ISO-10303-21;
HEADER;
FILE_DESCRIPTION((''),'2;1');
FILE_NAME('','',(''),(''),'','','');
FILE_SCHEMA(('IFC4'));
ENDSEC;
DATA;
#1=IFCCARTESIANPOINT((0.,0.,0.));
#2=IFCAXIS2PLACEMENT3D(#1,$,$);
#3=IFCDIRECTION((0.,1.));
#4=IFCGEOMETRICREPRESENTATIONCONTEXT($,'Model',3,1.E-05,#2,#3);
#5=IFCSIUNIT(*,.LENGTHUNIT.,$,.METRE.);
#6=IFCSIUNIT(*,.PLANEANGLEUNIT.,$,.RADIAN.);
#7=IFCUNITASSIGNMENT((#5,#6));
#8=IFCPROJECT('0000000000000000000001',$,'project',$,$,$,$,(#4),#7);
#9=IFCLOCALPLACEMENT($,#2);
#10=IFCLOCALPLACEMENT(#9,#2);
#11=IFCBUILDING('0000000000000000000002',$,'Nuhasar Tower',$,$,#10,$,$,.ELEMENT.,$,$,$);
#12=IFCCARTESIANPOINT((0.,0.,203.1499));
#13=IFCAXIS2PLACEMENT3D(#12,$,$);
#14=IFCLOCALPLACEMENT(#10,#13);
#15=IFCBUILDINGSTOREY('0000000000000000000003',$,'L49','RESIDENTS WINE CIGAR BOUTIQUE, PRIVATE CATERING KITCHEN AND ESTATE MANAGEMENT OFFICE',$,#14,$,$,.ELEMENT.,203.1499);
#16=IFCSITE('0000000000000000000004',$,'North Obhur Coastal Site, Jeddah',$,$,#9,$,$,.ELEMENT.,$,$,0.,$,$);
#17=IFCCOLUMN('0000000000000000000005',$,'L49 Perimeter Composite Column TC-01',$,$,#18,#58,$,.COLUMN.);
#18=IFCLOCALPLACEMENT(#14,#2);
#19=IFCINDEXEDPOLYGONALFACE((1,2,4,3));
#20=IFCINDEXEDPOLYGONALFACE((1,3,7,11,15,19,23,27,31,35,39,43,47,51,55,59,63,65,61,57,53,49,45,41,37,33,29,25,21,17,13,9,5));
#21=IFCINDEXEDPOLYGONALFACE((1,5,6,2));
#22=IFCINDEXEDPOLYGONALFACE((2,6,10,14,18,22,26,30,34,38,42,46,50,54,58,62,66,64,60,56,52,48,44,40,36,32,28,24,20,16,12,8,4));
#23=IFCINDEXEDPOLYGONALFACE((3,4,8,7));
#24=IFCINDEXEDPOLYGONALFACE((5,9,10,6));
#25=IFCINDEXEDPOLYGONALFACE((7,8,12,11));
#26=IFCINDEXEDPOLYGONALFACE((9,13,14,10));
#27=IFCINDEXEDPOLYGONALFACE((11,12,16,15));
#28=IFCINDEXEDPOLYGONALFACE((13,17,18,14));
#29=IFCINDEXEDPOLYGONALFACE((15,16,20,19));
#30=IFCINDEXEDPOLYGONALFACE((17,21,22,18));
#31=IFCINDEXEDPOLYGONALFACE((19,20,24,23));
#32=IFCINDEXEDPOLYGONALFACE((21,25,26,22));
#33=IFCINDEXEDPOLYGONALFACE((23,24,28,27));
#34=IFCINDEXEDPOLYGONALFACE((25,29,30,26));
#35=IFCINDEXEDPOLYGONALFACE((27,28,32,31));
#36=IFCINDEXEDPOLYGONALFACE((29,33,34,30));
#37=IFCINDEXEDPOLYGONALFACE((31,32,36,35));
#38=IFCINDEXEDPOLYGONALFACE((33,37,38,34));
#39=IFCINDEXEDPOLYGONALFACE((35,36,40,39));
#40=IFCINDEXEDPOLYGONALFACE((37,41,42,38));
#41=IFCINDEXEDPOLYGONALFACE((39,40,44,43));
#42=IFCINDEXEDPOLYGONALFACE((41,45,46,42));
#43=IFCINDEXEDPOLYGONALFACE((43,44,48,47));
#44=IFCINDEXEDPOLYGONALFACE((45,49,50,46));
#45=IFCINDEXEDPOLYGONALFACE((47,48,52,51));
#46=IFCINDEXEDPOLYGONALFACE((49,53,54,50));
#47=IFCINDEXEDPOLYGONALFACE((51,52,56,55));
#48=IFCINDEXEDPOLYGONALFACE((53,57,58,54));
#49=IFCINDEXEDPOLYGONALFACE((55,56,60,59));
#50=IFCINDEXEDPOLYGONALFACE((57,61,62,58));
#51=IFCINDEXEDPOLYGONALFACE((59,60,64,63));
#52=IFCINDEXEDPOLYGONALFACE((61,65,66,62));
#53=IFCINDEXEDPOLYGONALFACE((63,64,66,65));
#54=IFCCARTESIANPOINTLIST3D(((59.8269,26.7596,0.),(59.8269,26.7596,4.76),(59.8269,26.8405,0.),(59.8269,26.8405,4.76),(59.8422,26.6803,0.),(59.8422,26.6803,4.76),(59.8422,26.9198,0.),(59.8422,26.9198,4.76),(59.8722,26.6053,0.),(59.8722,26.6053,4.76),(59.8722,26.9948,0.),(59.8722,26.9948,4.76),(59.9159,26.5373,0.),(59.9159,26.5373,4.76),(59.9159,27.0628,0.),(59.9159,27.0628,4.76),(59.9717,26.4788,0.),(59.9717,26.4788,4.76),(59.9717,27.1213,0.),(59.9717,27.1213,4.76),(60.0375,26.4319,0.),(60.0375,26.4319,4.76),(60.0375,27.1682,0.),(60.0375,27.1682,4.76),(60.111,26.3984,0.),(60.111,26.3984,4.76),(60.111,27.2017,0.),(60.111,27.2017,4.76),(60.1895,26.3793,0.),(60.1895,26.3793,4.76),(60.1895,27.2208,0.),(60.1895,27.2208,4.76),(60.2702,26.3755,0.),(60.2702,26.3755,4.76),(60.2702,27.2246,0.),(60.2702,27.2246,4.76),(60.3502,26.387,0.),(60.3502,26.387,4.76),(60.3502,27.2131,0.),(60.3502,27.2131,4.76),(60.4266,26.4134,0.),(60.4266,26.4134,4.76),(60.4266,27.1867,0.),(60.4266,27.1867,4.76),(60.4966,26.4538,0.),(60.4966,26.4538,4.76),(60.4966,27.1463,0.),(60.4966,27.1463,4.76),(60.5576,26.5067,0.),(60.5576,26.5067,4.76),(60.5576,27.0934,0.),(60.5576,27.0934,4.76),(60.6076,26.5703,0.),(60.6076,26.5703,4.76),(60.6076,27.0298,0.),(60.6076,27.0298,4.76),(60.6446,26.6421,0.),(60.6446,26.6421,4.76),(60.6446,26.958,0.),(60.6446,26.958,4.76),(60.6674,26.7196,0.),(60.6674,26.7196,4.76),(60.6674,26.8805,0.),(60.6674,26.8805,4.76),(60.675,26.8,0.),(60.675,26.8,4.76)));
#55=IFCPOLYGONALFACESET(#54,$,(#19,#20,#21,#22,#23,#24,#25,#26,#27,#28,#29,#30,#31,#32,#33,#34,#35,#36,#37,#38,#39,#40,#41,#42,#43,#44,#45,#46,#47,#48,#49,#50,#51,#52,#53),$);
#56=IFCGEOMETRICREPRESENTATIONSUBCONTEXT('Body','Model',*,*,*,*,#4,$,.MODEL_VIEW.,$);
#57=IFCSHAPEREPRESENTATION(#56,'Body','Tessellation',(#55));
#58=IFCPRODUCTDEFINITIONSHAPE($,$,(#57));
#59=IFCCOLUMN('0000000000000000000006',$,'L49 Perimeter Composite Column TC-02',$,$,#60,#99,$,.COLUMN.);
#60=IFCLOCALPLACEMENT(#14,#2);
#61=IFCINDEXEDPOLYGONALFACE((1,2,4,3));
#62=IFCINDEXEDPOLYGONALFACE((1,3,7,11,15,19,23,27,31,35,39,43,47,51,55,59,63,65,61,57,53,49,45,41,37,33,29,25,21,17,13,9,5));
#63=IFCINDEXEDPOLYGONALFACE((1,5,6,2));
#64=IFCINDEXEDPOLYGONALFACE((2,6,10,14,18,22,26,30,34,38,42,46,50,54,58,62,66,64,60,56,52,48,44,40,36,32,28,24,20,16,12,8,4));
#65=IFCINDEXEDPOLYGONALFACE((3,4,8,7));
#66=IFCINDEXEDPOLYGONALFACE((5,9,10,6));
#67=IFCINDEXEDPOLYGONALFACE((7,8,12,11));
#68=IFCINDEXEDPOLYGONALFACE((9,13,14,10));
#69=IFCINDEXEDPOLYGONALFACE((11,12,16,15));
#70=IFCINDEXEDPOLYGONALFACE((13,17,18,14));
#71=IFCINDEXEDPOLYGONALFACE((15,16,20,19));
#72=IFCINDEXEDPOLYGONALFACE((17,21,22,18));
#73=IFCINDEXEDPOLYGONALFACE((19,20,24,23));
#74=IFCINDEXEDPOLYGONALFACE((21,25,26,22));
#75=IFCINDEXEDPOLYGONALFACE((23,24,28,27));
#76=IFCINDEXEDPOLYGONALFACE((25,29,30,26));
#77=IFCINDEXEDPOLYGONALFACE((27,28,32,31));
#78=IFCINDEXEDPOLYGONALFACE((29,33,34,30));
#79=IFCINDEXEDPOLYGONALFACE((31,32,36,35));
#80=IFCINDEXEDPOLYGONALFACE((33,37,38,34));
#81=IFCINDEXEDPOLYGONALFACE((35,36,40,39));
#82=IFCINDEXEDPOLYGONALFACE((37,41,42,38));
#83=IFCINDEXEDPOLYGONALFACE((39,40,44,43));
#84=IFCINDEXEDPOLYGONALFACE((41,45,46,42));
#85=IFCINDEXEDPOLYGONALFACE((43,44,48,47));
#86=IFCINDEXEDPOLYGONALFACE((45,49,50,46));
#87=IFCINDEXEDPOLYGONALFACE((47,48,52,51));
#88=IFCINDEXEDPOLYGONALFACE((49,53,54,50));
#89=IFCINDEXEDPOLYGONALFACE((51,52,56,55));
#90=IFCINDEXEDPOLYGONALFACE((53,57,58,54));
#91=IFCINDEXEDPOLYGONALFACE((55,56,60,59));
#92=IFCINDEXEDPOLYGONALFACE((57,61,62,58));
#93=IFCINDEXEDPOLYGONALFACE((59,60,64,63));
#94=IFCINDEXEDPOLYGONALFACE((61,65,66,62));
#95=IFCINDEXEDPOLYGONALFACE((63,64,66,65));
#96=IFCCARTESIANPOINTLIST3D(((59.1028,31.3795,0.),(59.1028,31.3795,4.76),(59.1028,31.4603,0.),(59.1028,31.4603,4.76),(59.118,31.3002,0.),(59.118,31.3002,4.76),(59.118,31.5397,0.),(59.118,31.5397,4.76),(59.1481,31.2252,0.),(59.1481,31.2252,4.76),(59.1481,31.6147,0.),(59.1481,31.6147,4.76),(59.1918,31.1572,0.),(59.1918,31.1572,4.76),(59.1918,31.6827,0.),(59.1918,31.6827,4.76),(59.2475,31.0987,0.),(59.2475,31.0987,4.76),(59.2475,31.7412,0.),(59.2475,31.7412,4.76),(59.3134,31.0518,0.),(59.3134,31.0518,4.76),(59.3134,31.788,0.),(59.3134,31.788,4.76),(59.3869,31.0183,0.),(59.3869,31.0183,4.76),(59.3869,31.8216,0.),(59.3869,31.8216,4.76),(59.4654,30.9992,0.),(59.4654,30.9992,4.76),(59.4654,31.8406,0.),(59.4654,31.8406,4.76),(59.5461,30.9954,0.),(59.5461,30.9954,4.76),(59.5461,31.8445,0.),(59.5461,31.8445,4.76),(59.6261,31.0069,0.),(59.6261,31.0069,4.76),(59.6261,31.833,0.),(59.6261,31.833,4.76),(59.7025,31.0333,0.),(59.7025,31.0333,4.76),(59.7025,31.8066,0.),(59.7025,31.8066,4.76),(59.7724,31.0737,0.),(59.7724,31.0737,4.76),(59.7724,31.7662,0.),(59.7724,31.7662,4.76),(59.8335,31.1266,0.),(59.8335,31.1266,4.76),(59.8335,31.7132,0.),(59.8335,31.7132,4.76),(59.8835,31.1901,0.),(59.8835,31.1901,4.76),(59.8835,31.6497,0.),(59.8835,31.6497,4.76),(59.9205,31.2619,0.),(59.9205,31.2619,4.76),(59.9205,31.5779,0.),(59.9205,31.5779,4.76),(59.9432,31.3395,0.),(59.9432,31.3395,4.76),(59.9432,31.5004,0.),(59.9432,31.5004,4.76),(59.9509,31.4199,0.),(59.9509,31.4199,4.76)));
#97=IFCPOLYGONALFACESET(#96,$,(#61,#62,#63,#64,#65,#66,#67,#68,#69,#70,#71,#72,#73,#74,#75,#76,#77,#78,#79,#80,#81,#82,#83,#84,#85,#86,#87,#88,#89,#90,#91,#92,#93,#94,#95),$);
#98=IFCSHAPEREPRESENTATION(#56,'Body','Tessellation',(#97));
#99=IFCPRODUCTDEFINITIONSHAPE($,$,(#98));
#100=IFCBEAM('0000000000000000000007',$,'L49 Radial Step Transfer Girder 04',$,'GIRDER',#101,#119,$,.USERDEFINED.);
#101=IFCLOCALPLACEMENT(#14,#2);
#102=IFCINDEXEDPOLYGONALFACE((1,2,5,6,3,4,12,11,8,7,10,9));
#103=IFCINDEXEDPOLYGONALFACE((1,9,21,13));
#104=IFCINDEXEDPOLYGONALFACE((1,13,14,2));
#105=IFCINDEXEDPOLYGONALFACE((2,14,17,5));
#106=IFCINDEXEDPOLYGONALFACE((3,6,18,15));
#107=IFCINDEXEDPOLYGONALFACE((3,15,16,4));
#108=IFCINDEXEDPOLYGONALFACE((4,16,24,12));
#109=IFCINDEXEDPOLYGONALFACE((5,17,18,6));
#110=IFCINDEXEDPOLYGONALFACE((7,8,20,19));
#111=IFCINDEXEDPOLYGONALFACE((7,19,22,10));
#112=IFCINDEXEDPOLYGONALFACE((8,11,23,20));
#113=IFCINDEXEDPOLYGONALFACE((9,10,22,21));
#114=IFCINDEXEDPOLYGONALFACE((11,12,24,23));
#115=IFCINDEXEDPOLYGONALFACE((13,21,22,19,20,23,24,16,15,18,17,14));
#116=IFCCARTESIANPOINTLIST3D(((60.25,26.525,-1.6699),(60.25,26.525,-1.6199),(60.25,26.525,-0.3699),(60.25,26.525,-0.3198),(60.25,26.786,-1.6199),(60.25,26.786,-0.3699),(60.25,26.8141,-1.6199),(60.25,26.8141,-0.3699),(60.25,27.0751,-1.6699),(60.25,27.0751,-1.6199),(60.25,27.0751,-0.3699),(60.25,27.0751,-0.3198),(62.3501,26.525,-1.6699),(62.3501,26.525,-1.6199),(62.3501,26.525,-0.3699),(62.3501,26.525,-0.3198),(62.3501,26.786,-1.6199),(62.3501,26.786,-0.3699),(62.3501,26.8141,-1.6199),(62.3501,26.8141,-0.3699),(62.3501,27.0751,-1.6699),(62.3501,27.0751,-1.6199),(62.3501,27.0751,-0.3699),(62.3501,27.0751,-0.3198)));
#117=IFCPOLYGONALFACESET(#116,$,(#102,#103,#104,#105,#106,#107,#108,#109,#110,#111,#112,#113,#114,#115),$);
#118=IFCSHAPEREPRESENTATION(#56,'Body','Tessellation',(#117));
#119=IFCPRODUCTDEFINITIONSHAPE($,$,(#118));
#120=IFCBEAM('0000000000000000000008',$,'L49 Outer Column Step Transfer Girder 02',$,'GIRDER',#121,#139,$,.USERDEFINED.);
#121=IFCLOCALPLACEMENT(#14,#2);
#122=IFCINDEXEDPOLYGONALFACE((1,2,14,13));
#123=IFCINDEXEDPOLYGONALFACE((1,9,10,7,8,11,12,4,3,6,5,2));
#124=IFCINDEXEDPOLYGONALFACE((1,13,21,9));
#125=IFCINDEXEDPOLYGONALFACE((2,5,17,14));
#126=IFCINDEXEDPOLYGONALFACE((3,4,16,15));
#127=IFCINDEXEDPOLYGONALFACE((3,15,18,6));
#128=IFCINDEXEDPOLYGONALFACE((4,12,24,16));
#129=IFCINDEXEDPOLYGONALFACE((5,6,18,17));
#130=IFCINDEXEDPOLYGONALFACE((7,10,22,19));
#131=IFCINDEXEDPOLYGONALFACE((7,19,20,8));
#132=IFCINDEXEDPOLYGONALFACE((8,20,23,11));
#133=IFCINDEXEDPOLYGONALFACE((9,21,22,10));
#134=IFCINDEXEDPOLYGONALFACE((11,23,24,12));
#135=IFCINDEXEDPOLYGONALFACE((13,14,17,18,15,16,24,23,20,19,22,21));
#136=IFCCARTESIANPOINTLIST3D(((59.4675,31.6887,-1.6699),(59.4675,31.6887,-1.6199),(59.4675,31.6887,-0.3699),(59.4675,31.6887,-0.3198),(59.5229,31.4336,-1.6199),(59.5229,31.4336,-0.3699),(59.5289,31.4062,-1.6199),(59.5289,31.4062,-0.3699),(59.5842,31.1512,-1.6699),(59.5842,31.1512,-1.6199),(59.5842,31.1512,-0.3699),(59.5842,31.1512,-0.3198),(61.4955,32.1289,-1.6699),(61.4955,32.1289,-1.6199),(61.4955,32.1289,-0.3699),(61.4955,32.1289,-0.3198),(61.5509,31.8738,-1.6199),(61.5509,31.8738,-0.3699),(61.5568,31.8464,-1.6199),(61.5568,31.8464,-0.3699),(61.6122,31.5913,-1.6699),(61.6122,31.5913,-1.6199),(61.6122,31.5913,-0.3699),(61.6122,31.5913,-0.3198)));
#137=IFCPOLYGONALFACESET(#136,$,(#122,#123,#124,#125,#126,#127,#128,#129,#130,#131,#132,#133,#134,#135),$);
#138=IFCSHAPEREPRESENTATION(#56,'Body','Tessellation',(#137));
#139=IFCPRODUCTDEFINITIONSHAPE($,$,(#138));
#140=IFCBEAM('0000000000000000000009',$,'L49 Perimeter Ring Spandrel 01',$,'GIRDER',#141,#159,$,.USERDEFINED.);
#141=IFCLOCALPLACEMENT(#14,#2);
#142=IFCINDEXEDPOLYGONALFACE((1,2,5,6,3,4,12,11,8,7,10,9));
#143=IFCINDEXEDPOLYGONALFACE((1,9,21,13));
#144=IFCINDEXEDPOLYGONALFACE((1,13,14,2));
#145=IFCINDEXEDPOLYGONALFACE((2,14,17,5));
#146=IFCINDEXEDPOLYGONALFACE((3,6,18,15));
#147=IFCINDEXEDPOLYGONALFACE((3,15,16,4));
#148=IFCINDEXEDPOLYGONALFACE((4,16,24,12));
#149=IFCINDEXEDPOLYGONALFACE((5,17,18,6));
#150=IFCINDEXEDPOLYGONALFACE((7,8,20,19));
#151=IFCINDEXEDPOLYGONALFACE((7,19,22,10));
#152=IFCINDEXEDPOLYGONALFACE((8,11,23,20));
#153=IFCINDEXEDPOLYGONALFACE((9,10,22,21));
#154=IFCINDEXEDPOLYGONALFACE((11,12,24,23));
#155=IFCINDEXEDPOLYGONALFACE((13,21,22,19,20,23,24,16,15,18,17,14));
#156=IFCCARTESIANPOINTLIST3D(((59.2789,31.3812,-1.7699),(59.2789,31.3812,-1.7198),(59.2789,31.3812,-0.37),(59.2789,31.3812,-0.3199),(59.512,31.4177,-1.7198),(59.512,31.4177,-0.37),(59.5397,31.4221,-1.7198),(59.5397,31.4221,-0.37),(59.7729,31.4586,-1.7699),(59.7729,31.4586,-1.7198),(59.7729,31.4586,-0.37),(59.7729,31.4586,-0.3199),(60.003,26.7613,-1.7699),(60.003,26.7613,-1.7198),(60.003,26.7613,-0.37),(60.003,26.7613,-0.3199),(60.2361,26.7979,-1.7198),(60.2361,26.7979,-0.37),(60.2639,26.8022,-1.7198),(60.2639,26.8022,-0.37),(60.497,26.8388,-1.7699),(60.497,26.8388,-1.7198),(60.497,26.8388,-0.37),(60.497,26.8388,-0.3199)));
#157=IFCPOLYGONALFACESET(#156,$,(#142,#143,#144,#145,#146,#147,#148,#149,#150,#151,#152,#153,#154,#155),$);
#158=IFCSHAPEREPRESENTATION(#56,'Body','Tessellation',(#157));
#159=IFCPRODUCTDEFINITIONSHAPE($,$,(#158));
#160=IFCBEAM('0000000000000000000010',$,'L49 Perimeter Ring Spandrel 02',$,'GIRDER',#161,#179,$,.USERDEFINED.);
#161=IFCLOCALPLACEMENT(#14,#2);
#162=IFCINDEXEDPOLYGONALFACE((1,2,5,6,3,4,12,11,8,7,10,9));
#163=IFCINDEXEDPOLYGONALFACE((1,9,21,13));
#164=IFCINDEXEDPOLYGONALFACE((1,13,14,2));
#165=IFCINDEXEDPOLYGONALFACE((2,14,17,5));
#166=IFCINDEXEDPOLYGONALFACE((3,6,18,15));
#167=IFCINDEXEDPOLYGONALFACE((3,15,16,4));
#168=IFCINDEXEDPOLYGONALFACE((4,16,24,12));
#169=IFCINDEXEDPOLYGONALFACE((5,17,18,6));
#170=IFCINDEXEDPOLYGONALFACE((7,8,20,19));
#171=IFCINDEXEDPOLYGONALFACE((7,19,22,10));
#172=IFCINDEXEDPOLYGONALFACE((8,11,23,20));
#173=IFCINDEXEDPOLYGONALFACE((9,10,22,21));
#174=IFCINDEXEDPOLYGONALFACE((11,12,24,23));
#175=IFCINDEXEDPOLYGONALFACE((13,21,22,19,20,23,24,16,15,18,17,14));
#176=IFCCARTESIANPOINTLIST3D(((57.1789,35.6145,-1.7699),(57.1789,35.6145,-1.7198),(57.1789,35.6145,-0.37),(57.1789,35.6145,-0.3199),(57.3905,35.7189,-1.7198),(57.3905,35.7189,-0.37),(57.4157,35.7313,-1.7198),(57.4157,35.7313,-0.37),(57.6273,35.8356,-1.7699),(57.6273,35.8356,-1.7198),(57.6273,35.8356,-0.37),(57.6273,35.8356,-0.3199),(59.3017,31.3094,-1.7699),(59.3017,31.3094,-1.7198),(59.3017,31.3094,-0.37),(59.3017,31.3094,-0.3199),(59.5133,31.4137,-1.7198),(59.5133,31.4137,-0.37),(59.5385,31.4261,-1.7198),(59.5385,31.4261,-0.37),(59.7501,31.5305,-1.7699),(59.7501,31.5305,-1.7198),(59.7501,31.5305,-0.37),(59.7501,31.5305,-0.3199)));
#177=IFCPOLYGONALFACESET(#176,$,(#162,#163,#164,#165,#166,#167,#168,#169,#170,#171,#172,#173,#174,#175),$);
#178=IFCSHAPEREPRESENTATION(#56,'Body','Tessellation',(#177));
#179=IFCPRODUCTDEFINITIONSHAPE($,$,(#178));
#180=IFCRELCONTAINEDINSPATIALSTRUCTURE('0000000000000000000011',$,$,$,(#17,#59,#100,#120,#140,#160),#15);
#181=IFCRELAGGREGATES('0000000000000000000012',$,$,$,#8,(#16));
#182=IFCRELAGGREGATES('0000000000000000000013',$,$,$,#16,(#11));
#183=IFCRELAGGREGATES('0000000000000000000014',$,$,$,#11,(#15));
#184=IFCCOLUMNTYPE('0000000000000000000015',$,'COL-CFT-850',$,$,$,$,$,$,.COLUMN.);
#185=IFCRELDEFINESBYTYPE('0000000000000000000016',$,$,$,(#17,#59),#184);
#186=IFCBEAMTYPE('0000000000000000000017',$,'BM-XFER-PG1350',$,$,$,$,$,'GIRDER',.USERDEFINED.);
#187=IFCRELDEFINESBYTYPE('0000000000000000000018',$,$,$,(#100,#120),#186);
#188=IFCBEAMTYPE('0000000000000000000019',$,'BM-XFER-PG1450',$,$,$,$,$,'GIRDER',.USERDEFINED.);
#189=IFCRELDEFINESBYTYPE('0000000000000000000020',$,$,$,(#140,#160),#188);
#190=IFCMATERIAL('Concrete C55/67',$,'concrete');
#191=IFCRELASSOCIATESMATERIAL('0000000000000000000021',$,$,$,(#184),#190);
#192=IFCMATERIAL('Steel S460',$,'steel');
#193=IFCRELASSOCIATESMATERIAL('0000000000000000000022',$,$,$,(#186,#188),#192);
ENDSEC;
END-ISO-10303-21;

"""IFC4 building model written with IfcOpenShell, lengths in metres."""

from ifc_helpers import new_model, si_unit, direction, frame, origin, origin_2d, place, context, subcontext, project, spatial, circle, i_section, extrude, material, material_profile, profile_set, type_object, element, save


model = new_model("IFC4")

# Units and contexts
model_context = context("Model", 3, precision=1e-05, world=origin(), true_north=direction((0.0, 1.0)))
body_context = subcontext(model_context, "Body", "Model", "MODEL_VIEW")
ifc_project = project(units=[si_unit("LENGTHUNIT", "METRE"), si_unit("PLANEANGLEUNIT", "RADIAN")], contexts=[model_context])

# Site, building, storey
site_placement = place(None, origin())
site = spatial("IfcSite", under=ifc_project, at=site_placement, Name="North Obhur Coastal Site, Jeddah", CompositionType="ELEMENT", RefElevation=0.0)
building_placement = place(site_placement, origin())
building = spatial("IfcBuilding", under=site, at=building_placement, Name="Nuhasar Tower", CompositionType="ELEMENT")
storey_placement = place(building_placement, frame((0.0, 0.0, 203.1499)))
storey = spatial("IfcBuildingStorey", under=building, at=storey_placement, Name="L49", Description="RESIDENTS WINE CIGAR BOUTIQUE, PRIVATE CATERING KITCHEN AND ESTATE MANAGEMENT OFFICE", CompositionType="ELEMENT", Elevation=203.1499)

# Columns
ifc_material_1 = material(Name="Concrete C55/67", Category="concrete")
ifc_material_profile_1 = material_profile(ifc_material_1, circle(Radius=0.425, at=origin_2d()), Name="CFT850")
ifc_profile_set_1 = profile_set([ifc_material_profile_1], Name="Concrete C55/67")
column_type = type_object("IfcColumnType", Name="COL-CFT-850", PredefinedType="COLUMN", material=ifc_profile_set_1)
for number, where, z_axis, x_axis, name in (
    (1, (60.25, 26.8, 0.0), (0.0, 0.0, 1.0), (1.0, 0.0, 0.0), "L49 Perimeter Composite Column TC-01"),
    (2, (59.5259, 31.4199, 0.0), (0.0, 0.0, 1.0), (1.0, 0.0, 0.0), "L49 Perimeter Composite Column TC-02"),
):
    element("IfcColumn", number, at=place(storey_placement, frame(where, z_axis=z_axis, x_axis=x_axis)), inside=storey, type_object=column_type, Name=name, PredefinedType="COLUMN", context=body_context, shape_type="SweptSolid", body=[
        extrude(circle(Radius=0.425, at=origin_2d()), origin(), (0.0, 0.0, 1.0), 4.76),
    ])

# Beams
ifc_material_2 = material(Name="Steel S460", Category="steel")
ifc_material_profile_2 = material_profile(ifc_material_2, i_section(OverallWidth=0.55, OverallDepth=1.3501, WebThickness=0.0281, FlangeThickness=0.05, at=origin_2d()), Name="PG1350X550")
ifc_profile_set_2 = profile_set([ifc_material_profile_2], Name="Steel S460")
beam_type_1 = type_object("IfcBeamType", Name="BM-XFER-PG1350", ElementType="GIRDER", PredefinedType="USERDEFINED", material=ifc_profile_set_2)
beam_1_placement = place(storey_placement, frame((60.25, 26.8, -0.9949), z_axis=(1.0, 0.0, 0.0), x_axis=(0.0, 1.0, 0.0)))
element("IfcBeam", 3, at=beam_1_placement, inside=storey, type_object=beam_type_1, Name="L49 Radial Step Transfer Girder 04", ObjectType="GIRDER", PredefinedType="USERDEFINED", context=body_context, shape_type="SweptSolid", body=[
    extrude(i_section(OverallWidth=0.55, OverallDepth=1.3501, WebThickness=0.0281, FlangeThickness=0.05, at=origin_2d()), origin(), (0.0, 0.0, 1.0), 2.1001),
])
beam_2_placement = place(storey_placement, frame((59.5259, 31.4199, -0.9949), z_axis=(0.977246, 0.212107, 0.0), x_axis=(-0.212107, 0.977246, 0.0)))
element("IfcBeam", 4, at=beam_2_placement, inside=storey, type_object=beam_type_1, Name="L49 Outer Column Step Transfer Girder 02", ObjectType="GIRDER", PredefinedType="USERDEFINED", context=body_context, shape_type="SweptSolid", body=[
    extrude(i_section(OverallWidth=0.55, OverallDepth=1.3501, WebThickness=0.0281, FlangeThickness=0.05, at=origin_2d()), origin(), (0.0, 0.0, 1.0), 2.0752),
])
ifc_material_profile_3 = material_profile(ifc_material_2, i_section(OverallWidth=0.5, OverallDepth=1.45, WebThickness=0.0281, FlangeThickness=0.05, at=origin_2d()), Name="PG1450X500")
ifc_profile_set_3 = profile_set([ifc_material_profile_3], Name="Steel S460")
beam_type_2 = type_object("IfcBeamType", Name="BM-XFER-PG1450", ElementType="GIRDER", PredefinedType="USERDEFINED", material=ifc_profile_set_3)
beam_3_placement = place(storey_placement, frame((60.25, 26.8, -1.0449), z_axis=(-0.15485, 0.987938, 0.0), x_axis=(-0.987938, -0.15485, 0.0)))
element("IfcBeam", 5, at=beam_3_placement, inside=storey, type_object=beam_type_2, Name="L49 Perimeter Ring Spandrel 01", ObjectType="GIRDER", PredefinedType="USERDEFINED", context=body_context, shape_type="SweptSolid", body=[
    extrude(i_section(OverallWidth=0.5, OverallDepth=1.45, WebThickness=0.0281, FlangeThickness=0.05, at=origin_2d()), origin(), (0.0, 0.0, 1.0), 4.6763),
])
beam_4_placement = place(storey_placement, frame((59.5259, 31.4199, -1.0449), z_axis=(-0.442243, 0.896895, 0.0), x_axis=(-0.896895, -0.442243, 0.0)))
element("IfcBeam", 6, at=beam_4_placement, inside=storey, type_object=beam_type_2, Name="L49 Perimeter Ring Spandrel 02", ObjectType="GIRDER", PredefinedType="USERDEFINED", context=body_context, shape_type="SweptSolid", body=[
    extrude(i_section(OverallWidth=0.5, OverallDepth=1.45, WebThickness=0.0281, FlangeThickness=0.05, at=origin_2d()), origin(), (0.0, 0.0, 1.0), 4.8),
])

save(model, "model.ifc")
